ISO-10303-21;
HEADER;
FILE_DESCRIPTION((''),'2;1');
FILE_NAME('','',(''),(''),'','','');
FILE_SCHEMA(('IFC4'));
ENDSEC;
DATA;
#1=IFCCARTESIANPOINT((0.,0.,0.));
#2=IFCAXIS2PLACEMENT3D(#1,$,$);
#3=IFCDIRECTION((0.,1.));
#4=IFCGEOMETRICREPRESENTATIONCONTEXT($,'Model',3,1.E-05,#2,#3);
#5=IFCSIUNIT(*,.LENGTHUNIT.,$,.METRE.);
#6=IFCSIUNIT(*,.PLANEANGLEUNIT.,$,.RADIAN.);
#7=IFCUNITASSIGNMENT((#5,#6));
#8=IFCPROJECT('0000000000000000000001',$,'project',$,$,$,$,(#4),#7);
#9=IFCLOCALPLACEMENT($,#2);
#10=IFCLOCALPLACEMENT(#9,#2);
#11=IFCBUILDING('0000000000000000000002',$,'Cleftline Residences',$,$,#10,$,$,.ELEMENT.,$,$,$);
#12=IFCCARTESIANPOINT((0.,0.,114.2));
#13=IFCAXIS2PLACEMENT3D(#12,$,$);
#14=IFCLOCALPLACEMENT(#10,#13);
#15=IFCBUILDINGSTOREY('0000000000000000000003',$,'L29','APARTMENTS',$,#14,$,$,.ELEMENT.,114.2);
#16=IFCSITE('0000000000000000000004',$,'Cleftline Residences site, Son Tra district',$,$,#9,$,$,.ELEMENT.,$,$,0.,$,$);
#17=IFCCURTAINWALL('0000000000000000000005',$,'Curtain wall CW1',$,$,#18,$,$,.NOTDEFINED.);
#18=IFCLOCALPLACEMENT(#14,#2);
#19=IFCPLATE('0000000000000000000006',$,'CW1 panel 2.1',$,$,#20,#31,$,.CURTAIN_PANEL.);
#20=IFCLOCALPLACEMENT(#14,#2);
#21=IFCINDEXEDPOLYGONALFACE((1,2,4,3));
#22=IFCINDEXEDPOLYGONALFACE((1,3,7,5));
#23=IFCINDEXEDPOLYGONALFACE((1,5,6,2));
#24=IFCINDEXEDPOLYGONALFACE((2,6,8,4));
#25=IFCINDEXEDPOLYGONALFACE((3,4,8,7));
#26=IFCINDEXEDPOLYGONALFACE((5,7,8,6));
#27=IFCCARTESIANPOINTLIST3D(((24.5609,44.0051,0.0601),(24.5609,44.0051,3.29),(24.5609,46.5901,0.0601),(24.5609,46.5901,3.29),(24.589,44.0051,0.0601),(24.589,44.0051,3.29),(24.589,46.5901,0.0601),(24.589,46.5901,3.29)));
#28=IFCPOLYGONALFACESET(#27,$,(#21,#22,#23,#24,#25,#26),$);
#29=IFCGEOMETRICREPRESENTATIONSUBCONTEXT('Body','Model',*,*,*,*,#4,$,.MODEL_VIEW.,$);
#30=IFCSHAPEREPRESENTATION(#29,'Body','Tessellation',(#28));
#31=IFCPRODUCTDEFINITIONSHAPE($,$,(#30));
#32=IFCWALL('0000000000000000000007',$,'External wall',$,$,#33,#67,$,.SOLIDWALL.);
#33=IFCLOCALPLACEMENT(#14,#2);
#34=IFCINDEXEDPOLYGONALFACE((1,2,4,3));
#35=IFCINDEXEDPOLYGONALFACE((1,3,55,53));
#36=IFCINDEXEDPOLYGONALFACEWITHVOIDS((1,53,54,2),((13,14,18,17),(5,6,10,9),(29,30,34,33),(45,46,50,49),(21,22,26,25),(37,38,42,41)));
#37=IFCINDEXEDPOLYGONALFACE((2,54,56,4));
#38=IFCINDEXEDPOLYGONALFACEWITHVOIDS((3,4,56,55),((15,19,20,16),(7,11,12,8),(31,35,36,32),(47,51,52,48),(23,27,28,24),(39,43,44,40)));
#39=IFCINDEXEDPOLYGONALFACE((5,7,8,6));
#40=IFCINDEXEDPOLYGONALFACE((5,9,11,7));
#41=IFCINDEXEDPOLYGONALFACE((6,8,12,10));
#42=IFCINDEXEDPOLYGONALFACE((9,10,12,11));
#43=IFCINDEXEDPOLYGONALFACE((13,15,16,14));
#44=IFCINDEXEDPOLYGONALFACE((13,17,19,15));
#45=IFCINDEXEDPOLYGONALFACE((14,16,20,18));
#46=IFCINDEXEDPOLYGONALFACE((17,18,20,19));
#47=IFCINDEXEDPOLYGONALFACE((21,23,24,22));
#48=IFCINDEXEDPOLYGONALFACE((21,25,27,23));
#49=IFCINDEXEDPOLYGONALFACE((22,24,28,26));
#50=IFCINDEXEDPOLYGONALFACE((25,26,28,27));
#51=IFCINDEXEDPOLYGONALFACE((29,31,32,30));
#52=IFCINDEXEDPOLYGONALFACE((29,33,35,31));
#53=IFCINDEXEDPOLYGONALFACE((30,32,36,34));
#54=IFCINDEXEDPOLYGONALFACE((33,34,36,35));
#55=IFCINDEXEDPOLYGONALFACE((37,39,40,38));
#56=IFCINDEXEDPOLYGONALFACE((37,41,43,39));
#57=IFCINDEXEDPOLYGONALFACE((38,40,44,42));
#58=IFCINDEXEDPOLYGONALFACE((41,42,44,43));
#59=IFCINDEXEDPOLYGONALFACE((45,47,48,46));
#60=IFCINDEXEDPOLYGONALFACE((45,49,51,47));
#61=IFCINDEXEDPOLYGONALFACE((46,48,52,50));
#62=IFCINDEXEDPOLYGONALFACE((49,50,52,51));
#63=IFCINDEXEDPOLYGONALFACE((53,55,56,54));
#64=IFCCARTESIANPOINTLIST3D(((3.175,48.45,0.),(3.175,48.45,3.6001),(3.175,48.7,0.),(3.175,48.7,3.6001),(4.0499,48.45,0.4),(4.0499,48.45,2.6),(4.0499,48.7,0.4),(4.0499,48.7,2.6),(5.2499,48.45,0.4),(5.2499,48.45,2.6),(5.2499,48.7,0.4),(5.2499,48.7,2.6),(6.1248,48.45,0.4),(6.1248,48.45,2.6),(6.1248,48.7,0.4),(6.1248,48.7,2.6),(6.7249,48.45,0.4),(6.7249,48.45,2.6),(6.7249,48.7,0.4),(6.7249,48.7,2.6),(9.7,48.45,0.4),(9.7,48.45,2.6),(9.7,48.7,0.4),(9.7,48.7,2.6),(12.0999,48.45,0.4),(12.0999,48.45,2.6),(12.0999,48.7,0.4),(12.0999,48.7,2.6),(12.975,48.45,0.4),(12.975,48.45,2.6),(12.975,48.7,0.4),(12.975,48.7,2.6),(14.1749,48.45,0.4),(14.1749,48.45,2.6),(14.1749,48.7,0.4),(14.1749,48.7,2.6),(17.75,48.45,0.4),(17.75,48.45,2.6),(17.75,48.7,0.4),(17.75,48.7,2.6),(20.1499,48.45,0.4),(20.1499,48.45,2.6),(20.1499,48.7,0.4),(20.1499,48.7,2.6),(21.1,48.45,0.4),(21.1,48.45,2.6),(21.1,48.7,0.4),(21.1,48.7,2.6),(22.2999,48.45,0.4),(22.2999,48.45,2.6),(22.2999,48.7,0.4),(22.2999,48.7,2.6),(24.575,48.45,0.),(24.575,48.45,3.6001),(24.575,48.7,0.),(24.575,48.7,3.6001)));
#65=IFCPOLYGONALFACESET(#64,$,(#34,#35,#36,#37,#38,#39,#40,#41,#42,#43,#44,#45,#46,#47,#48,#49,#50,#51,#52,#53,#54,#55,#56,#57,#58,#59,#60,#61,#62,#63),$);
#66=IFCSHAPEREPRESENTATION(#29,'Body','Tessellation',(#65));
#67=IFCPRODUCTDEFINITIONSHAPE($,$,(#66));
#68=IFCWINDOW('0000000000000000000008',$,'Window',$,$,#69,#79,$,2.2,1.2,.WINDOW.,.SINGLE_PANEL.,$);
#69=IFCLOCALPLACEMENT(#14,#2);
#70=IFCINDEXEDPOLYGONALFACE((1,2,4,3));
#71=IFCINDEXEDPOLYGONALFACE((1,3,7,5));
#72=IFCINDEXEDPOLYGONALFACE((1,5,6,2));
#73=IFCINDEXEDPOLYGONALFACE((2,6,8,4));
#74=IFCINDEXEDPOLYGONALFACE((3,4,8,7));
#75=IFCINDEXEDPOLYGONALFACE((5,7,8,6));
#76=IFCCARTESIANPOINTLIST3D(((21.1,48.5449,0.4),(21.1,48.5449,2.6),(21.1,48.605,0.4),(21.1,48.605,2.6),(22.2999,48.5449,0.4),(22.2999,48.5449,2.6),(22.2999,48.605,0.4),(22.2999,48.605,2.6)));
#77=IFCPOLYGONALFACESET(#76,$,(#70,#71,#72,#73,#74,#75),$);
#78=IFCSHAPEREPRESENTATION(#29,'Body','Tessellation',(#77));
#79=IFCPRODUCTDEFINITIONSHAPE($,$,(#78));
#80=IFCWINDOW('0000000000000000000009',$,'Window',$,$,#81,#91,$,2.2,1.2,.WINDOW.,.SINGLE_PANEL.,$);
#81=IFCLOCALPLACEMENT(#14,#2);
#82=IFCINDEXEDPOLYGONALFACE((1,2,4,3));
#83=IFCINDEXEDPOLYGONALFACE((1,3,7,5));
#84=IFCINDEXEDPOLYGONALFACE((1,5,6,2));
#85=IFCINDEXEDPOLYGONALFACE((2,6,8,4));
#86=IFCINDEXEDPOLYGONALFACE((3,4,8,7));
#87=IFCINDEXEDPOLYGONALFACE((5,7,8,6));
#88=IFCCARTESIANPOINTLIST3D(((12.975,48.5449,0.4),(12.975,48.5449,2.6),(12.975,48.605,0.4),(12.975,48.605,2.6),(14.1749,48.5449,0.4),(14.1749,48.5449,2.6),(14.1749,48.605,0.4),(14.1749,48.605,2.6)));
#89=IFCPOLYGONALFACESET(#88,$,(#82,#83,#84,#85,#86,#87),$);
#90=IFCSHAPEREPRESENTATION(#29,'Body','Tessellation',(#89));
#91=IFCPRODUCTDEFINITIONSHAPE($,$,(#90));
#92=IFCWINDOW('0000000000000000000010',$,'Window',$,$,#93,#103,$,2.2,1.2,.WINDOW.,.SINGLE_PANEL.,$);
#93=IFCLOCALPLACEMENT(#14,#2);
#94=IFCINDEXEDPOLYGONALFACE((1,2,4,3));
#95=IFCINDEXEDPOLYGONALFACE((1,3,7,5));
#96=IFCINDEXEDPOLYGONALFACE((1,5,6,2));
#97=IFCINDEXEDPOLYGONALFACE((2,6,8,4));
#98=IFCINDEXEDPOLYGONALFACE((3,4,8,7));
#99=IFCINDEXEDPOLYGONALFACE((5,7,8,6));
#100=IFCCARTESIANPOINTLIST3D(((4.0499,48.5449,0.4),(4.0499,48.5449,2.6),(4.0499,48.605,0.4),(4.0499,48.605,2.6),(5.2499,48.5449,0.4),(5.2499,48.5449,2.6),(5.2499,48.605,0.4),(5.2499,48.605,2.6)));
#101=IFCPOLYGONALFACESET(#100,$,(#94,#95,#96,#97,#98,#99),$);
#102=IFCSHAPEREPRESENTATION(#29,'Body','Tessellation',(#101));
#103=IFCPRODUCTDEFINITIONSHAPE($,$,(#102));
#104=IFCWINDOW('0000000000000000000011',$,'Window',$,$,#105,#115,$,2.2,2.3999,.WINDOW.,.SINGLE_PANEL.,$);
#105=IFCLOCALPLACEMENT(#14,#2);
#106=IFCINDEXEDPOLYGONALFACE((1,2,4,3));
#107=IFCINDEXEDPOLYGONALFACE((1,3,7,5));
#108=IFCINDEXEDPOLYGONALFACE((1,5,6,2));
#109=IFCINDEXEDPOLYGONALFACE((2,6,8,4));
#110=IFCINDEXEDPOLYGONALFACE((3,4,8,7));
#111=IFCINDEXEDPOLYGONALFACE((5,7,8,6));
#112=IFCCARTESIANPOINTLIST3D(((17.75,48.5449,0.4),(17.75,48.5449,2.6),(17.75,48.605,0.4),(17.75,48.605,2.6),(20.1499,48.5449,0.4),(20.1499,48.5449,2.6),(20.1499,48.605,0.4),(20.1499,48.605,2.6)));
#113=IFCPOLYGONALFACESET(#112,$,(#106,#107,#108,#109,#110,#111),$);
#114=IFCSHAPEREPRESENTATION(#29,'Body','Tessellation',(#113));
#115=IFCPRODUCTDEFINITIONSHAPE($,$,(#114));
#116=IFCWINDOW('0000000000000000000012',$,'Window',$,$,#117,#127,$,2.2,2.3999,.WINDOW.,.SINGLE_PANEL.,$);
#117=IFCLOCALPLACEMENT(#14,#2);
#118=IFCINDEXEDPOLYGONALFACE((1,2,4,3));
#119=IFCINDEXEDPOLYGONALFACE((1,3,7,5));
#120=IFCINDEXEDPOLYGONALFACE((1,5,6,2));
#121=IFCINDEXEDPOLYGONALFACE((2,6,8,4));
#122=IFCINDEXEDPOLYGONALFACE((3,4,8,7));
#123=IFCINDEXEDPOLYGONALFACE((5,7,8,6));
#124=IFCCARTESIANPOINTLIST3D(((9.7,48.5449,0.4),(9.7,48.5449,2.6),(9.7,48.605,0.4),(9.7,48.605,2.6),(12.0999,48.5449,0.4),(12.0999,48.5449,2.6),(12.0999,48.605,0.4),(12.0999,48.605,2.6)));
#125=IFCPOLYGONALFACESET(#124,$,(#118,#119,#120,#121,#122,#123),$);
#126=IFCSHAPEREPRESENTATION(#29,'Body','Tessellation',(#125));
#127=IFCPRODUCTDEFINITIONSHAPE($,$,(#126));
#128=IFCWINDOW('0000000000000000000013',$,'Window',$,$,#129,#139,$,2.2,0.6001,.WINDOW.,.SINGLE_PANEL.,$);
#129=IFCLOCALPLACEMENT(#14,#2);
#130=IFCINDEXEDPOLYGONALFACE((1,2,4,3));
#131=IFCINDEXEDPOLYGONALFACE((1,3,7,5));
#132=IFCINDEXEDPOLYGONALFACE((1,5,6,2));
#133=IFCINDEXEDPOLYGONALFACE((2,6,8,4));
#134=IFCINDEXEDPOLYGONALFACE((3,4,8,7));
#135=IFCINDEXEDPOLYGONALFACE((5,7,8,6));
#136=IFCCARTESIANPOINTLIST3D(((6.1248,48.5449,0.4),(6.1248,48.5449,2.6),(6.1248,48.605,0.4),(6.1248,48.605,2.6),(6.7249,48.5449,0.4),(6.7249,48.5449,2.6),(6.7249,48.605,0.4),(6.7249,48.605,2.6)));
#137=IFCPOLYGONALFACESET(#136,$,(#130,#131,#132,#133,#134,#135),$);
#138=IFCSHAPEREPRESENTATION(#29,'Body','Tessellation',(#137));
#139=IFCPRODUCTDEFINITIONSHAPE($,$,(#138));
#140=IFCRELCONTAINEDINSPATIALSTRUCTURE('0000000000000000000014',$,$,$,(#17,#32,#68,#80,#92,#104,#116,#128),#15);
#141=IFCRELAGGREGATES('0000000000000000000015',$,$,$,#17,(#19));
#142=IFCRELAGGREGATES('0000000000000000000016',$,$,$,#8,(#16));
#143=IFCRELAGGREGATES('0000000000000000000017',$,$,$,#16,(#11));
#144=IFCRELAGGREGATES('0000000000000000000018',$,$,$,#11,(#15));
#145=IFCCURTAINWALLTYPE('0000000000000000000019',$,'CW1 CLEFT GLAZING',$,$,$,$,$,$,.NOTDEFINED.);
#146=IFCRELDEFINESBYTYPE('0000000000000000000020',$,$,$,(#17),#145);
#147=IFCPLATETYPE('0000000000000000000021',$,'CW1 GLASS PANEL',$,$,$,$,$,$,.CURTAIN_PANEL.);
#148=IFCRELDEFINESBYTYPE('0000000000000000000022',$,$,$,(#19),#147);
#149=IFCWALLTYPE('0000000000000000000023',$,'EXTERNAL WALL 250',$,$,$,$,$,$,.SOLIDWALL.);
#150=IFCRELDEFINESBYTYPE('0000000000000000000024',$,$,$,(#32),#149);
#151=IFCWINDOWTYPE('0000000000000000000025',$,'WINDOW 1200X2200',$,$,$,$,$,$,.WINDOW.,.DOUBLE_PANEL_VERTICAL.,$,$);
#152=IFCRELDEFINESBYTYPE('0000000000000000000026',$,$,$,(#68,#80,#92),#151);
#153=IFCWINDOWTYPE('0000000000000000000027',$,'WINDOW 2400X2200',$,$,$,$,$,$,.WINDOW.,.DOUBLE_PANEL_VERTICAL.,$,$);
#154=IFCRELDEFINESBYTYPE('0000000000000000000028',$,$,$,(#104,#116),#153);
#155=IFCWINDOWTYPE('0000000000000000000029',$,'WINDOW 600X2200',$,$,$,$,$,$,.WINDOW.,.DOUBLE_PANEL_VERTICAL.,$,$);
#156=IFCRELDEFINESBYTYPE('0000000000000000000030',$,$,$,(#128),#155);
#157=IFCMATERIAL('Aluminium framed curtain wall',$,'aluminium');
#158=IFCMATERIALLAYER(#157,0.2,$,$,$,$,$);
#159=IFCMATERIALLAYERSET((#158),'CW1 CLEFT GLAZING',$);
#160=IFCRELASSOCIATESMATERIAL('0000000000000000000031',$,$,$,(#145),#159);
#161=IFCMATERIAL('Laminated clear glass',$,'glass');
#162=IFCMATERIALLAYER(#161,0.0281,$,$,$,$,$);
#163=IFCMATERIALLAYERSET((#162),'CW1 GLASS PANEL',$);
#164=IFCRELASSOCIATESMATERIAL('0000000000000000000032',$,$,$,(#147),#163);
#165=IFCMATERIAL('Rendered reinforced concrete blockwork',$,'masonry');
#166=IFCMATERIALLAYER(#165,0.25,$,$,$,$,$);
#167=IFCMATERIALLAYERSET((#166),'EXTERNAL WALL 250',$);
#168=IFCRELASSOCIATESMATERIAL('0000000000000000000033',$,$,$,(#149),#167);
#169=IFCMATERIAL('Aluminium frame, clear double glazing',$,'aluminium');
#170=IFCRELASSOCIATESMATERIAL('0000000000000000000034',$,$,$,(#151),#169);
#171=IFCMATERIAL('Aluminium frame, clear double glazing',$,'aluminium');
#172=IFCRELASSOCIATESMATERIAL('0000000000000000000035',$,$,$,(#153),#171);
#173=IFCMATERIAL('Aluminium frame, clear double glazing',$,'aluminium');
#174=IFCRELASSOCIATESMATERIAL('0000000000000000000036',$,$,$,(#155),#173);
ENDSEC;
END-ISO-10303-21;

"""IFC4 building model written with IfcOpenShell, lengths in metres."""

from ifc_helpers import new_model, si_unit, direction, frame, frame_2d, origin, origin_2d, place, context, subcontext, project, spatial, rectangle, extrude, material, layer, layer_set, type_object, element, fill, aggregate, save


model = new_model("IFC4")

# Units and contexts
model_context = context("Model", 3, precision=1e-05, world=origin(), true_north=direction((0.0, 1.0)))
body_context = subcontext(model_context, "Body", "Model", "MODEL_VIEW")
ifc_project = project(units=[si_unit("LENGTHUNIT", "METRE"), si_unit("PLANEANGLEUNIT", "RADIAN")], contexts=[model_context])

# Site, building, storey
site_placement = place(None, origin())
site = spatial("IfcSite", under=ifc_project, at=site_placement, Name="Cleftline Residences site, Son Tra district", CompositionType="ELEMENT", RefElevation=0.0)
building_placement = place(site_placement, origin())
building = spatial("IfcBuilding", under=site, at=building_placement, Name="Cleftline Residences", CompositionType="ELEMENT")
storey_placement = place(building_placement, frame((0.0, 0.0, 114.2)))
storey = spatial("IfcBuildingStorey", under=building, at=storey_placement, Name="L29", Description="APARTMENTS", CompositionType="ELEMENT", Elevation=114.2)

# Curtain wall, plate
ifc_material_1 = material(Name="Aluminium framed curtain wall", Category="aluminium")
ifc_layer_1 = layer(ifc_material_1, 0.2)
ifc_layer_set_1 = layer_set([ifc_layer_1], Name="CW1 CLEFT GLAZING")
curtain_wall_type = type_object("IfcCurtainWallType", Name="CW1 CLEFT GLAZING", PredefinedType="NOTDEFINED", material=ifc_layer_set_1)
curtain_wall_placement = place(storey_placement, origin())
curtain_wall = element("IfcCurtainWall", 1, at=curtain_wall_placement, inside=storey, type_object=curtain_wall_type, Name="Curtain wall CW1", PredefinedType="NOTDEFINED")
ifc_material_2 = material(Name="Laminated clear glass", Category="glass")
ifc_layer_2 = layer(ifc_material_2, 0.0281)
ifc_layer_set_2 = layer_set([ifc_layer_2], Name="CW1 GLASS PANEL")
plate_type = type_object("IfcPlateType", Name="CW1 GLASS PANEL", PredefinedType="CURTAIN_PANEL", material=ifc_layer_set_2)
plate_1_placement = place(storey_placement, frame((24.575, 45.2976, 0.0601), z_axis=(0.0, 0.0, 1.0), x_axis=(0.0, 1.0, 0.0)))
plate_1 = element("IfcPlate", 2, at=plate_1_placement, type_object=plate_type, Name="CW1 panel 2.1", PredefinedType="CURTAIN_PANEL", context=body_context, shape_type="SweptSolid", body=[
    extrude(rectangle(XDim=2.585, YDim=0.0281, at=origin_2d()), origin(), (0.0, 0.0, 1.0), 3.23),
])
aggregate(curtain_wall, [plate_1])

# Wall, openings, windows
ifc_material_3 = material(Name="Rendered reinforced concrete blockwork", Category="masonry")
ifc_layer_3 = layer(ifc_material_3, 0.25)
ifc_layer_set_3 = layer_set([ifc_layer_3], Name="EXTERNAL WALL 250")
wall_type = type_object("IfcWallType", Name="EXTERNAL WALL 250", PredefinedType="SOLIDWALL", material=ifc_layer_set_3)
wall_placement = place(storey_placement, frame((24.575, 48.575, 0.0), z_axis=(0.0, 0.0, 1.0), x_axis=(-1.0, 0.0, 0.0)))
wall = element("IfcWall", 3, at=wall_placement, inside=storey, type_object=wall_type, Name="External wall", PredefinedType="SOLIDWALL", context=body_context, shape_type="SweptSolid", body=[
    extrude(rectangle(XDim=21.3999, YDim=0.25, at=frame_2d((10.7, 0.0))), origin(), (0.0, 0.0, 1.0), 3.6001),
])
opening_1_placement = place(wall_placement, frame((2.2749, 0.0, 0.3999)))
opening_1 = element("IfcOpeningElement", 4, at=opening_1_placement, cuts=wall, PredefinedType="OPENING", context=body_context, shape_type="SweptSolid", body=[
    extrude(rectangle(XDim=1.2, YDim=2.2, at=frame_2d((0.6001, 1.1001))), frame((0.0, 0.135, 0.0), z_axis=(0.0, -1.0, 0.0), x_axis=(1.0, 0.0, 0.0)), (0.0, 0.0, 1.0), 0.27),
])
opening_2_placement = place(wall_placement, frame((4.425, 0.0, 0.3999)))
opening_2 = element("IfcOpeningElement", 5, at=opening_2_placement, cuts=wall, PredefinedType="OPENING", context=body_context, shape_type="SweptSolid", body=[
    extrude(rectangle(XDim=2.3999, YDim=2.2, at=frame_2d((1.2, 1.1001))), frame((0.0, 0.135, 0.0), z_axis=(0.0, -1.0, 0.0), x_axis=(1.0, 0.0, 0.0)), (0.0, 0.0, 1.0), 0.27),
])
opening_3_placement = place(wall_placement, frame((10.3999, 0.0, 0.3999)))
opening_3 = element("IfcOpeningElement", 6, at=opening_3_placement, cuts=wall, PredefinedType="OPENING", context=body_context, shape_type="SweptSolid", body=[
    extrude(rectangle(XDim=1.2, YDim=2.2, at=frame_2d((0.6001, 1.1001))), frame((0.0, 0.135, 0.0), z_axis=(0.0, -1.0, 0.0), x_axis=(1.0, 0.0, 0.0)), (0.0, 0.0, 1.0), 0.27),
])
opening_4_placement = place(wall_placement, frame((12.4751, 0.0, 0.3999)))
opening_4 = element("IfcOpeningElement", 7, at=opening_4_placement, cuts=wall, PredefinedType="OPENING", context=body_context, shape_type="SweptSolid", body=[
    extrude(rectangle(XDim=2.3999, YDim=2.2, at=frame_2d((1.2, 1.1001))), frame((0.0, 0.135, 0.0), z_axis=(0.0, -1.0, 0.0), x_axis=(1.0, 0.0, 0.0)), (0.0, 0.0, 1.0), 0.27),
])
opening_5_placement = place(wall_placement, frame((17.8501, 0.0, 0.3999)))
opening_5 = element("IfcOpeningElement", 8, at=opening_5_placement, cuts=wall, PredefinedType="OPENING", context=body_context, shape_type="SweptSolid", body=[
    extrude(rectangle(XDim=0.6001, YDim=2.2, at=frame_2d((0.3, 1.1001))), frame((0.0, 0.135, 0.0), z_axis=(0.0, -1.0, 0.0), x_axis=(1.0, 0.0, 0.0)), (0.0, 0.0, 1.0), 0.27),
])
opening_6_placement = place(wall_placement, frame((19.325, 0.0, 0.3999)))
opening_6 = element("IfcOpeningElement", 9, at=opening_6_placement, cuts=wall, PredefinedType="OPENING", context=body_context, shape_type="SweptSolid", body=[
    extrude(rectangle(XDim=1.2, YDim=2.2, at=frame_2d((0.6001, 1.1001))), frame((0.0, 0.135, 0.0), z_axis=(0.0, -1.0, 0.0), x_axis=(1.0, 0.0, 0.0)), (0.0, 0.0, 1.0), 0.27),
])
ifc_material_4 = material(Name="Aluminium frame, clear double glazing", Category="aluminium")
window_type_1 = type_object("IfcWindowType", Name="WINDOW 1200X2200", PartitioningType="DOUBLE_PANEL_VERTICAL", PredefinedType="WINDOW", material=ifc_material_4)
window_1_placement = place(opening_1_placement, origin())
window_1 = element("IfcWindow", 10, at=window_1_placement, inside=storey, type_object=window_type_1, Name="Window", OverallHeight=2.2, OverallWidth=1.2, PartitioningType="SINGLE_PANEL", PredefinedType="WINDOW", context=body_context, shape_type="SweptSolid", body=[
    extrude(rectangle(XDim=1.2, YDim=2.2, at=frame_2d((0.6001, 1.1001))), frame((0.0, 0.03, 0.0), z_axis=(0.0, -1.0, 0.0), x_axis=(1.0, 0.0, 0.0)), (0.0, 0.0, 1.0), 0.0601),
])
fill(opening_1, window_1)
window_2_placement = place(opening_3_placement, origin())
window_2 = element("IfcWindow", 11, at=window_2_placement, inside=storey, type_object=window_type_1, Name="Window", OverallHeight=2.2, OverallWidth=1.2, PartitioningType="SINGLE_PANEL", PredefinedType="WINDOW", context=body_context, shape_type="SweptSolid", body=[
    extrude(rectangle(XDim=1.2, YDim=2.2, at=frame_2d((0.6001, 1.1001))), frame((0.0, 0.03, 0.0), z_axis=(0.0, -1.0, 0.0), x_axis=(1.0, 0.0, 0.0)), (0.0, 0.0, 1.0), 0.0601),
])
fill(opening_3, window_2)
window_3_placement = place(opening_6_placement, origin())
window_3 = element("IfcWindow", 12, at=window_3_placement, inside=storey, type_object=window_type_1, Name="Window", OverallHeight=2.2, OverallWidth=1.2, PartitioningType="SINGLE_PANEL", PredefinedType="WINDOW", context=body_context, shape_type="SweptSolid", body=[
    extrude(rectangle(XDim=1.2, YDim=2.2, at=frame_2d((0.6001, 1.1001))), frame((0.0, 0.03, 0.0), z_axis=(0.0, -1.0, 0.0), x_axis=(1.0, 0.0, 0.0)), (0.0, 0.0, 1.0), 0.0601),
])
fill(opening_6, window_3)
ifc_material_5 = material(Name="Aluminium frame, clear double glazing", Category="aluminium")
window_type_2 = type_object("IfcWindowType", Name="WINDOW 2400X2200", PartitioningType="DOUBLE_PANEL_VERTICAL", PredefinedType="WINDOW", material=ifc_material_5)
window_4_placement = place(opening_2_placement, origin())
window_4 = element("IfcWindow", 13, at=window_4_placement, inside=storey, type_object=window_type_2, Name="Window", OverallHeight=2.2, OverallWidth=2.3999, PartitioningType="SINGLE_PANEL", PredefinedType="WINDOW", context=body_context, shape_type="SweptSolid", body=[
    extrude(rectangle(XDim=2.3999, YDim=2.2, at=frame_2d((1.2, 1.1001))), frame((0.0, 0.03, 0.0), z_axis=(0.0, -1.0, 0.0), x_axis=(1.0, 0.0, 0.0)), (0.0, 0.0, 1.0), 0.0601),
])
fill(opening_2, window_4)
window_5_placement = place(opening_4_placement, origin())
window_5 = element("IfcWindow", 14, at=window_5_placement, inside=storey, type_object=window_type_2, Name="Window", OverallHeight=2.2, OverallWidth=2.3999, PartitioningType="SINGLE_PANEL", PredefinedType="WINDOW", context=body_context, shape_type="SweptSolid", body=[
    extrude(rectangle(XDim=2.3999, YDim=2.2, at=frame_2d((1.2, 1.1001))), frame((0.0, 0.03, 0.0), z_axis=(0.0, -1.0, 0.0), x_axis=(1.0, 0.0, 0.0)), (0.0, 0.0, 1.0), 0.0601),
])
fill(opening_4, window_5)
ifc_material_6 = material(Name="Aluminium frame, clear double glazing", Category="aluminium")
window_type_3 = type_object("IfcWindowType", Name="WINDOW 600X2200", PartitioningType="DOUBLE_PANEL_VERTICAL", PredefinedType="WINDOW", material=ifc_material_6)
window_6_placement = place(opening_5_placement, origin())
window_6 = element("IfcWindow", 15, at=window_6_placement, inside=storey, type_object=window_type_3, Name="Window", OverallHeight=2.2, OverallWidth=0.6001, PartitioningType="SINGLE_PANEL", PredefinedType="WINDOW", context=body_context, shape_type="SweptSolid", body=[
    extrude(rectangle(XDim=0.6001, YDim=2.2, at=frame_2d((0.3, 1.1001))), frame((0.0, 0.03, 0.0), z_axis=(0.0, -1.0, 0.0), x_axis=(1.0, 0.0, 0.0)), (0.0, 0.0, 1.0), 0.0601),
])
fill(opening_5, window_6)

save(model, "model.ifc")
